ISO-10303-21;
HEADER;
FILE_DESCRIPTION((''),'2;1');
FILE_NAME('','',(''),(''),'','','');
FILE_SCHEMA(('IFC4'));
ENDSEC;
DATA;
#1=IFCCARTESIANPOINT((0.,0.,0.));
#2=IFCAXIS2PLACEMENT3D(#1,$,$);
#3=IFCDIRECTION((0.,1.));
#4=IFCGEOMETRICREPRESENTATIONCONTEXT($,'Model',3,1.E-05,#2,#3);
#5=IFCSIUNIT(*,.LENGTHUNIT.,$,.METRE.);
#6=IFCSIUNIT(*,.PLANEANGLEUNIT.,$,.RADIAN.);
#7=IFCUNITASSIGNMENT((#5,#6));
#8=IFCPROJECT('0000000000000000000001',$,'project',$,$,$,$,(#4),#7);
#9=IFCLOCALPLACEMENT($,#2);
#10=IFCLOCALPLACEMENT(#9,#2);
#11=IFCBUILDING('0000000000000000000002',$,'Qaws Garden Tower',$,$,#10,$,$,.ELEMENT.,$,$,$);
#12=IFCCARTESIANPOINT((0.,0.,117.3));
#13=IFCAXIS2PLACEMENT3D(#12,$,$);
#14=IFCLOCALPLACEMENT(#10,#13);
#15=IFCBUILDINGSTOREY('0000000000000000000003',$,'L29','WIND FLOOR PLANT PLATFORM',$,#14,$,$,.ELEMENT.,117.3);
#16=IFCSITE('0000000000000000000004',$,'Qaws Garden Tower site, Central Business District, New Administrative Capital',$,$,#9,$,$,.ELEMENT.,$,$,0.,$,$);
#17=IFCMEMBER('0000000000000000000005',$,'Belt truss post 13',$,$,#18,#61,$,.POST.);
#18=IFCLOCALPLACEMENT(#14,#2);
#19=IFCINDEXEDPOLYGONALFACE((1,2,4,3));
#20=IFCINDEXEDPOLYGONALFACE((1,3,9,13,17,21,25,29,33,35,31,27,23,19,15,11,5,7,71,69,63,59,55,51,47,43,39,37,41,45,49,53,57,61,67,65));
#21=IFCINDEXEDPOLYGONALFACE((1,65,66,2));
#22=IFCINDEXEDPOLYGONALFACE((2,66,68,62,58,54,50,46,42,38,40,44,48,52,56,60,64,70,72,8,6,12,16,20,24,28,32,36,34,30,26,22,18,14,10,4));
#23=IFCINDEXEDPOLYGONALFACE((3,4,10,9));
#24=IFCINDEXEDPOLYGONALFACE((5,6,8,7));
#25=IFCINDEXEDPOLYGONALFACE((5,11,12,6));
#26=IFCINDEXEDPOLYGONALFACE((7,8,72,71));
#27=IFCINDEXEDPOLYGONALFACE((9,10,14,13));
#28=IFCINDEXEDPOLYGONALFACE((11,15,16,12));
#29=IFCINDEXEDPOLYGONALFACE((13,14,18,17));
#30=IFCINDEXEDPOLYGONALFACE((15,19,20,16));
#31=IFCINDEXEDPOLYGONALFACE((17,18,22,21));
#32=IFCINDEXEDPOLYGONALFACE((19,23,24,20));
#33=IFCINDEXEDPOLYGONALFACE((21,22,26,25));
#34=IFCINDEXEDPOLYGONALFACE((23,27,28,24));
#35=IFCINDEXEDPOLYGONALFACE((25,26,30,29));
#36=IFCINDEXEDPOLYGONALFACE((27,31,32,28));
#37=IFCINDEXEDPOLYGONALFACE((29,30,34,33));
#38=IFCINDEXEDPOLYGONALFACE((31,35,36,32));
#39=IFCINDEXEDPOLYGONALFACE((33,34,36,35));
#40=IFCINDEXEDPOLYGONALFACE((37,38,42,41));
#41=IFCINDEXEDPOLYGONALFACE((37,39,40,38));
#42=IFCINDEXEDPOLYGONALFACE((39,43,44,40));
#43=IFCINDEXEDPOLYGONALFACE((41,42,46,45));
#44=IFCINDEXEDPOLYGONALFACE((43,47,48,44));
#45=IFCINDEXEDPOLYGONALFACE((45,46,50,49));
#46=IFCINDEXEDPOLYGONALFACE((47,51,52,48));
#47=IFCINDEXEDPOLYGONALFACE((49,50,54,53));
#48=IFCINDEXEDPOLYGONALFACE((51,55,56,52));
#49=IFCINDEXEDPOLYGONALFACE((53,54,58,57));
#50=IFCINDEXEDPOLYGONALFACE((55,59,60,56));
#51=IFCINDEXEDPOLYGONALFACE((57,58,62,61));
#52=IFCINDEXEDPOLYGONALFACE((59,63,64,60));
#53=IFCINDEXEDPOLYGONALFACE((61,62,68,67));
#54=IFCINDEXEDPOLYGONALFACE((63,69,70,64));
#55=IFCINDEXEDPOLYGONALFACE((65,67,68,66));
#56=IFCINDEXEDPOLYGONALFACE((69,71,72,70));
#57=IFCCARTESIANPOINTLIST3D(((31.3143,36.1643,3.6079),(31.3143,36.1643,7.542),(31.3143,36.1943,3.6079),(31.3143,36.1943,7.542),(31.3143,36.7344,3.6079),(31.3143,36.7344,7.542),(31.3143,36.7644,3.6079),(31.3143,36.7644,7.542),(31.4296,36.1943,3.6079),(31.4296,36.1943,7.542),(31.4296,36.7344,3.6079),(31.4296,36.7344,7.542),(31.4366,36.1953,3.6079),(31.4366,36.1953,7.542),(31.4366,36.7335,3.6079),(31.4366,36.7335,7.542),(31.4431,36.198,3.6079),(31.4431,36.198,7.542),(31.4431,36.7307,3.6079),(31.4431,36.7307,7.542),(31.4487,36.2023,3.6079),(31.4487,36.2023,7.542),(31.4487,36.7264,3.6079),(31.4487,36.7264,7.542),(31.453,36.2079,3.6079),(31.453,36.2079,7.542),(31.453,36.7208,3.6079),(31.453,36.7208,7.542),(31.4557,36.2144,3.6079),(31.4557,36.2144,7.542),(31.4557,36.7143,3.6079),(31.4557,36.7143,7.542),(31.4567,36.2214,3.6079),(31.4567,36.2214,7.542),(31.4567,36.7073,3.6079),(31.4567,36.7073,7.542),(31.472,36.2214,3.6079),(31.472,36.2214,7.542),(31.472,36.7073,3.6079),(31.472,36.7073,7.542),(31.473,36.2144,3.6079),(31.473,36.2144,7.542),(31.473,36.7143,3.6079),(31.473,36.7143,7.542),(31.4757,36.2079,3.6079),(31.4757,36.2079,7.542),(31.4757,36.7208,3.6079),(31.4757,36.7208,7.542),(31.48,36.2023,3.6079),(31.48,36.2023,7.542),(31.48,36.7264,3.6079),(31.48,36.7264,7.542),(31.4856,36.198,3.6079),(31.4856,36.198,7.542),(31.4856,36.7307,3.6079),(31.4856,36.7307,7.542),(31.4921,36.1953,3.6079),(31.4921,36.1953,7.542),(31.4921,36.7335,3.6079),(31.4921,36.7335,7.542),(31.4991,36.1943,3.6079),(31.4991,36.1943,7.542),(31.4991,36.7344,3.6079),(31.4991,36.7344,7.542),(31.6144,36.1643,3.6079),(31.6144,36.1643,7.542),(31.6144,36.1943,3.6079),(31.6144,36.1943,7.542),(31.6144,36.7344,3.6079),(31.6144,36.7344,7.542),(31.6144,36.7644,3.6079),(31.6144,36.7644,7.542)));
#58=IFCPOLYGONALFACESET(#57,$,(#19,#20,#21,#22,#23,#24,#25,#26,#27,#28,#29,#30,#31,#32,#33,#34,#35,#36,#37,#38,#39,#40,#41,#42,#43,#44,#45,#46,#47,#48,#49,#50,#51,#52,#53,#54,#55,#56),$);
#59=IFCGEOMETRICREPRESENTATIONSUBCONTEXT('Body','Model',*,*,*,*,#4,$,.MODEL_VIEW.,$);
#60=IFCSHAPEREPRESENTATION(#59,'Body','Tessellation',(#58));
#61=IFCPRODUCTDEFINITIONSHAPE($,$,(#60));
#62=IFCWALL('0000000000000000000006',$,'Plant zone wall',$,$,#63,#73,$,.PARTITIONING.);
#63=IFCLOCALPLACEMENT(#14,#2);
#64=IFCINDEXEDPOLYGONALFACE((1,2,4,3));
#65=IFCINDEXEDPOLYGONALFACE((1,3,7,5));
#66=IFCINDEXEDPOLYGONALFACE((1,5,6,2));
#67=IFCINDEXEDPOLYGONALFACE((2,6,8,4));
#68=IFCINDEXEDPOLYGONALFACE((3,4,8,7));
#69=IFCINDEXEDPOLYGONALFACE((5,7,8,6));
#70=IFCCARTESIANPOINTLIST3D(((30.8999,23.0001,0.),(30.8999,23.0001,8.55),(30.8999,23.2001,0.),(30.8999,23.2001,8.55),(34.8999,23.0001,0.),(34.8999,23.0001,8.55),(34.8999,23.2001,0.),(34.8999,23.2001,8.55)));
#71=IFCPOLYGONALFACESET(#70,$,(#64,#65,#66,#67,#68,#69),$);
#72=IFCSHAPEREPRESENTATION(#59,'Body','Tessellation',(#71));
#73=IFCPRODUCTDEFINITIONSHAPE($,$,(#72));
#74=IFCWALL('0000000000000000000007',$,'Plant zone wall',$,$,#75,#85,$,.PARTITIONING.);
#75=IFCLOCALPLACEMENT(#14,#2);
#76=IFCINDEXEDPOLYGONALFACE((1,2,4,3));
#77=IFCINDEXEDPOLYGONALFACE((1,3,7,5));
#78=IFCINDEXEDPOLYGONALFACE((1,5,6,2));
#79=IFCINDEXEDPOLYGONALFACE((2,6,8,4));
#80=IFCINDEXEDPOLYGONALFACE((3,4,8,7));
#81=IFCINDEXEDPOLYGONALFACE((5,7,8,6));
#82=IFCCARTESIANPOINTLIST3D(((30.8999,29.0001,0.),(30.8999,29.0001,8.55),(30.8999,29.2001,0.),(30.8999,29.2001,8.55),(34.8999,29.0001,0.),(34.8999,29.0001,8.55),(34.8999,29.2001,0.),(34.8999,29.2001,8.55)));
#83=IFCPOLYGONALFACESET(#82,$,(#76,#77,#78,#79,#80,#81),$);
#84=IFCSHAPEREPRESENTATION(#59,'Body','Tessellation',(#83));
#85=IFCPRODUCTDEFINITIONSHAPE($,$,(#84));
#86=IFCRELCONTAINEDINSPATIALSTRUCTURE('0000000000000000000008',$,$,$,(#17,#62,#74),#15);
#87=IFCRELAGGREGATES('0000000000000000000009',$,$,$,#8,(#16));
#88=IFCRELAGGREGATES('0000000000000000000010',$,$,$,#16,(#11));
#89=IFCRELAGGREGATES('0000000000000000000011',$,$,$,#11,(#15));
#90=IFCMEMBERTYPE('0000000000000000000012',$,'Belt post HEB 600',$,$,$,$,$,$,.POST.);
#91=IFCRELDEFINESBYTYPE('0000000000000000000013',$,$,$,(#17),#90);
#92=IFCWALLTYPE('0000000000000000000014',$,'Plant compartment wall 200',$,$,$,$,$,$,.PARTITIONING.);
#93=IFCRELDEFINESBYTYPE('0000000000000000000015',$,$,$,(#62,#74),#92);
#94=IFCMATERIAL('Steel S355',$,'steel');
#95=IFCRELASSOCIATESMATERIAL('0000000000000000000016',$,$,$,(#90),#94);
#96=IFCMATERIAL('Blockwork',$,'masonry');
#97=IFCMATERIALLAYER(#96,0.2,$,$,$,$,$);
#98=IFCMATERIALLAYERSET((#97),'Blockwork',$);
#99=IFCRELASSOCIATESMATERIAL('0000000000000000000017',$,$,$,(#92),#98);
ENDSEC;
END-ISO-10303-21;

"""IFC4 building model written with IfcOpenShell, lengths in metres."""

from ifc_helpers import new_model, si_unit, direction, frame, frame_2d, origin, origin_2d, place, context, subcontext, project, spatial, rectangle, i_section, extrude, material, layer, layer_set, material_profile, profile_set, type_object, element, save


model = new_model("IFC4")

# Units and contexts
model_context = context("Model", 3, precision=1e-05, world=origin(), true_north=direction((0.0, 1.0)))
body_context = subcontext(model_context, "Body", "Model", "MODEL_VIEW")
ifc_project = project(units=[si_unit("LENGTHUNIT", "METRE"), si_unit("PLANEANGLEUNIT", "RADIAN")], contexts=[model_context])

# Site, building, storey
site_placement = place(None, origin())
site = spatial("IfcSite", under=ifc_project, at=site_placement, Name="Qaws Garden Tower site, Central Business District, New Administrative Capital", CompositionType="ELEMENT", RefElevation=0.0)
building_placement = place(site_placement, origin())
building = spatial("IfcBuilding", under=site, at=building_placement, Name="Qaws Garden Tower", CompositionType="ELEMENT")
storey_placement = place(building_placement, frame((0.0, 0.0, 117.3)))
storey = spatial("IfcBuildingStorey", under=building, at=storey_placement, Name="L29", Description="WIND FLOOR PLANT PLATFORM", CompositionType="ELEMENT", Elevation=117.3)

# Member
ifc_material_1 = material(Name="Steel S355", Category="steel")
ifc_material_profile_1 = material_profile(ifc_material_1, i_section(OverallWidth=0.3, OverallDepth=0.6001, WebThickness=0.0154, FlangeThickness=0.03, FilletRadius=0.0271, at=origin_2d()), Name="HEB 600")
ifc_profile_set_1 = profile_set([ifc_material_profile_1], Name="Steel S355")
member_type_1 = type_object("IfcMemberType", Name="Belt post HEB 600", PredefinedType="POST", material=ifc_profile_set_1)
placement_1 = place(storey_placement, frame((31.4644, 36.4644, 3.6079), z_axis=(0.0, 0.0, 1.0), x_axis=(1.0, 0.0, 0.0)))
element("IfcMember", 1, at=placement_1, inside=storey, type_object=member_type_1, Name="Belt truss post 13", PredefinedType="POST", context=body_context, shape_type="SweptSolid", body=[
    extrude(i_section(OverallWidth=0.3, OverallDepth=0.6001, WebThickness=0.0154, FlangeThickness=0.03, FilletRadius=0.0271, at=origin_2d()), origin(), (0.0, 0.0, 1.0), 3.9341),
])

# Walls
ifc_material_2 = material(Name="Blockwork", Category="masonry")
ifc_layer = layer(ifc_material_2, 0.2)
ifc_layer_set = layer_set([ifc_layer], Name="Blockwork")
wall_type = type_object("IfcWallType", Name="Plant compartment wall 200", PredefinedType="PARTITIONING", material=ifc_layer_set)
for number, where, z_axis, x_axis, name in (
    (2, (30.8999, 23.1001, 0.0), (0.0, 0.0, 1.0), (1.0, 0.0, 0.0), "Plant zone wall"),
    (3, (30.8999, 29.1001, 0.0), (0.0, 0.0, 1.0), (1.0, 0.0, 0.0), "Plant zone wall"),
):
    element("IfcWall", number, at=place(storey_placement, frame(where, z_axis=z_axis, x_axis=x_axis)), inside=storey, type_object=wall_type, Name=name, PredefinedType="PARTITIONING", context=body_context, shape_type="SweptSolid", body=[
        extrude(rectangle(XDim=4.0, YDim=0.2, at=frame_2d((2.0, 0.0))), origin(), (0.0, 0.0, 1.0), 8.55),
    ])

save(model, "model.ifc")
